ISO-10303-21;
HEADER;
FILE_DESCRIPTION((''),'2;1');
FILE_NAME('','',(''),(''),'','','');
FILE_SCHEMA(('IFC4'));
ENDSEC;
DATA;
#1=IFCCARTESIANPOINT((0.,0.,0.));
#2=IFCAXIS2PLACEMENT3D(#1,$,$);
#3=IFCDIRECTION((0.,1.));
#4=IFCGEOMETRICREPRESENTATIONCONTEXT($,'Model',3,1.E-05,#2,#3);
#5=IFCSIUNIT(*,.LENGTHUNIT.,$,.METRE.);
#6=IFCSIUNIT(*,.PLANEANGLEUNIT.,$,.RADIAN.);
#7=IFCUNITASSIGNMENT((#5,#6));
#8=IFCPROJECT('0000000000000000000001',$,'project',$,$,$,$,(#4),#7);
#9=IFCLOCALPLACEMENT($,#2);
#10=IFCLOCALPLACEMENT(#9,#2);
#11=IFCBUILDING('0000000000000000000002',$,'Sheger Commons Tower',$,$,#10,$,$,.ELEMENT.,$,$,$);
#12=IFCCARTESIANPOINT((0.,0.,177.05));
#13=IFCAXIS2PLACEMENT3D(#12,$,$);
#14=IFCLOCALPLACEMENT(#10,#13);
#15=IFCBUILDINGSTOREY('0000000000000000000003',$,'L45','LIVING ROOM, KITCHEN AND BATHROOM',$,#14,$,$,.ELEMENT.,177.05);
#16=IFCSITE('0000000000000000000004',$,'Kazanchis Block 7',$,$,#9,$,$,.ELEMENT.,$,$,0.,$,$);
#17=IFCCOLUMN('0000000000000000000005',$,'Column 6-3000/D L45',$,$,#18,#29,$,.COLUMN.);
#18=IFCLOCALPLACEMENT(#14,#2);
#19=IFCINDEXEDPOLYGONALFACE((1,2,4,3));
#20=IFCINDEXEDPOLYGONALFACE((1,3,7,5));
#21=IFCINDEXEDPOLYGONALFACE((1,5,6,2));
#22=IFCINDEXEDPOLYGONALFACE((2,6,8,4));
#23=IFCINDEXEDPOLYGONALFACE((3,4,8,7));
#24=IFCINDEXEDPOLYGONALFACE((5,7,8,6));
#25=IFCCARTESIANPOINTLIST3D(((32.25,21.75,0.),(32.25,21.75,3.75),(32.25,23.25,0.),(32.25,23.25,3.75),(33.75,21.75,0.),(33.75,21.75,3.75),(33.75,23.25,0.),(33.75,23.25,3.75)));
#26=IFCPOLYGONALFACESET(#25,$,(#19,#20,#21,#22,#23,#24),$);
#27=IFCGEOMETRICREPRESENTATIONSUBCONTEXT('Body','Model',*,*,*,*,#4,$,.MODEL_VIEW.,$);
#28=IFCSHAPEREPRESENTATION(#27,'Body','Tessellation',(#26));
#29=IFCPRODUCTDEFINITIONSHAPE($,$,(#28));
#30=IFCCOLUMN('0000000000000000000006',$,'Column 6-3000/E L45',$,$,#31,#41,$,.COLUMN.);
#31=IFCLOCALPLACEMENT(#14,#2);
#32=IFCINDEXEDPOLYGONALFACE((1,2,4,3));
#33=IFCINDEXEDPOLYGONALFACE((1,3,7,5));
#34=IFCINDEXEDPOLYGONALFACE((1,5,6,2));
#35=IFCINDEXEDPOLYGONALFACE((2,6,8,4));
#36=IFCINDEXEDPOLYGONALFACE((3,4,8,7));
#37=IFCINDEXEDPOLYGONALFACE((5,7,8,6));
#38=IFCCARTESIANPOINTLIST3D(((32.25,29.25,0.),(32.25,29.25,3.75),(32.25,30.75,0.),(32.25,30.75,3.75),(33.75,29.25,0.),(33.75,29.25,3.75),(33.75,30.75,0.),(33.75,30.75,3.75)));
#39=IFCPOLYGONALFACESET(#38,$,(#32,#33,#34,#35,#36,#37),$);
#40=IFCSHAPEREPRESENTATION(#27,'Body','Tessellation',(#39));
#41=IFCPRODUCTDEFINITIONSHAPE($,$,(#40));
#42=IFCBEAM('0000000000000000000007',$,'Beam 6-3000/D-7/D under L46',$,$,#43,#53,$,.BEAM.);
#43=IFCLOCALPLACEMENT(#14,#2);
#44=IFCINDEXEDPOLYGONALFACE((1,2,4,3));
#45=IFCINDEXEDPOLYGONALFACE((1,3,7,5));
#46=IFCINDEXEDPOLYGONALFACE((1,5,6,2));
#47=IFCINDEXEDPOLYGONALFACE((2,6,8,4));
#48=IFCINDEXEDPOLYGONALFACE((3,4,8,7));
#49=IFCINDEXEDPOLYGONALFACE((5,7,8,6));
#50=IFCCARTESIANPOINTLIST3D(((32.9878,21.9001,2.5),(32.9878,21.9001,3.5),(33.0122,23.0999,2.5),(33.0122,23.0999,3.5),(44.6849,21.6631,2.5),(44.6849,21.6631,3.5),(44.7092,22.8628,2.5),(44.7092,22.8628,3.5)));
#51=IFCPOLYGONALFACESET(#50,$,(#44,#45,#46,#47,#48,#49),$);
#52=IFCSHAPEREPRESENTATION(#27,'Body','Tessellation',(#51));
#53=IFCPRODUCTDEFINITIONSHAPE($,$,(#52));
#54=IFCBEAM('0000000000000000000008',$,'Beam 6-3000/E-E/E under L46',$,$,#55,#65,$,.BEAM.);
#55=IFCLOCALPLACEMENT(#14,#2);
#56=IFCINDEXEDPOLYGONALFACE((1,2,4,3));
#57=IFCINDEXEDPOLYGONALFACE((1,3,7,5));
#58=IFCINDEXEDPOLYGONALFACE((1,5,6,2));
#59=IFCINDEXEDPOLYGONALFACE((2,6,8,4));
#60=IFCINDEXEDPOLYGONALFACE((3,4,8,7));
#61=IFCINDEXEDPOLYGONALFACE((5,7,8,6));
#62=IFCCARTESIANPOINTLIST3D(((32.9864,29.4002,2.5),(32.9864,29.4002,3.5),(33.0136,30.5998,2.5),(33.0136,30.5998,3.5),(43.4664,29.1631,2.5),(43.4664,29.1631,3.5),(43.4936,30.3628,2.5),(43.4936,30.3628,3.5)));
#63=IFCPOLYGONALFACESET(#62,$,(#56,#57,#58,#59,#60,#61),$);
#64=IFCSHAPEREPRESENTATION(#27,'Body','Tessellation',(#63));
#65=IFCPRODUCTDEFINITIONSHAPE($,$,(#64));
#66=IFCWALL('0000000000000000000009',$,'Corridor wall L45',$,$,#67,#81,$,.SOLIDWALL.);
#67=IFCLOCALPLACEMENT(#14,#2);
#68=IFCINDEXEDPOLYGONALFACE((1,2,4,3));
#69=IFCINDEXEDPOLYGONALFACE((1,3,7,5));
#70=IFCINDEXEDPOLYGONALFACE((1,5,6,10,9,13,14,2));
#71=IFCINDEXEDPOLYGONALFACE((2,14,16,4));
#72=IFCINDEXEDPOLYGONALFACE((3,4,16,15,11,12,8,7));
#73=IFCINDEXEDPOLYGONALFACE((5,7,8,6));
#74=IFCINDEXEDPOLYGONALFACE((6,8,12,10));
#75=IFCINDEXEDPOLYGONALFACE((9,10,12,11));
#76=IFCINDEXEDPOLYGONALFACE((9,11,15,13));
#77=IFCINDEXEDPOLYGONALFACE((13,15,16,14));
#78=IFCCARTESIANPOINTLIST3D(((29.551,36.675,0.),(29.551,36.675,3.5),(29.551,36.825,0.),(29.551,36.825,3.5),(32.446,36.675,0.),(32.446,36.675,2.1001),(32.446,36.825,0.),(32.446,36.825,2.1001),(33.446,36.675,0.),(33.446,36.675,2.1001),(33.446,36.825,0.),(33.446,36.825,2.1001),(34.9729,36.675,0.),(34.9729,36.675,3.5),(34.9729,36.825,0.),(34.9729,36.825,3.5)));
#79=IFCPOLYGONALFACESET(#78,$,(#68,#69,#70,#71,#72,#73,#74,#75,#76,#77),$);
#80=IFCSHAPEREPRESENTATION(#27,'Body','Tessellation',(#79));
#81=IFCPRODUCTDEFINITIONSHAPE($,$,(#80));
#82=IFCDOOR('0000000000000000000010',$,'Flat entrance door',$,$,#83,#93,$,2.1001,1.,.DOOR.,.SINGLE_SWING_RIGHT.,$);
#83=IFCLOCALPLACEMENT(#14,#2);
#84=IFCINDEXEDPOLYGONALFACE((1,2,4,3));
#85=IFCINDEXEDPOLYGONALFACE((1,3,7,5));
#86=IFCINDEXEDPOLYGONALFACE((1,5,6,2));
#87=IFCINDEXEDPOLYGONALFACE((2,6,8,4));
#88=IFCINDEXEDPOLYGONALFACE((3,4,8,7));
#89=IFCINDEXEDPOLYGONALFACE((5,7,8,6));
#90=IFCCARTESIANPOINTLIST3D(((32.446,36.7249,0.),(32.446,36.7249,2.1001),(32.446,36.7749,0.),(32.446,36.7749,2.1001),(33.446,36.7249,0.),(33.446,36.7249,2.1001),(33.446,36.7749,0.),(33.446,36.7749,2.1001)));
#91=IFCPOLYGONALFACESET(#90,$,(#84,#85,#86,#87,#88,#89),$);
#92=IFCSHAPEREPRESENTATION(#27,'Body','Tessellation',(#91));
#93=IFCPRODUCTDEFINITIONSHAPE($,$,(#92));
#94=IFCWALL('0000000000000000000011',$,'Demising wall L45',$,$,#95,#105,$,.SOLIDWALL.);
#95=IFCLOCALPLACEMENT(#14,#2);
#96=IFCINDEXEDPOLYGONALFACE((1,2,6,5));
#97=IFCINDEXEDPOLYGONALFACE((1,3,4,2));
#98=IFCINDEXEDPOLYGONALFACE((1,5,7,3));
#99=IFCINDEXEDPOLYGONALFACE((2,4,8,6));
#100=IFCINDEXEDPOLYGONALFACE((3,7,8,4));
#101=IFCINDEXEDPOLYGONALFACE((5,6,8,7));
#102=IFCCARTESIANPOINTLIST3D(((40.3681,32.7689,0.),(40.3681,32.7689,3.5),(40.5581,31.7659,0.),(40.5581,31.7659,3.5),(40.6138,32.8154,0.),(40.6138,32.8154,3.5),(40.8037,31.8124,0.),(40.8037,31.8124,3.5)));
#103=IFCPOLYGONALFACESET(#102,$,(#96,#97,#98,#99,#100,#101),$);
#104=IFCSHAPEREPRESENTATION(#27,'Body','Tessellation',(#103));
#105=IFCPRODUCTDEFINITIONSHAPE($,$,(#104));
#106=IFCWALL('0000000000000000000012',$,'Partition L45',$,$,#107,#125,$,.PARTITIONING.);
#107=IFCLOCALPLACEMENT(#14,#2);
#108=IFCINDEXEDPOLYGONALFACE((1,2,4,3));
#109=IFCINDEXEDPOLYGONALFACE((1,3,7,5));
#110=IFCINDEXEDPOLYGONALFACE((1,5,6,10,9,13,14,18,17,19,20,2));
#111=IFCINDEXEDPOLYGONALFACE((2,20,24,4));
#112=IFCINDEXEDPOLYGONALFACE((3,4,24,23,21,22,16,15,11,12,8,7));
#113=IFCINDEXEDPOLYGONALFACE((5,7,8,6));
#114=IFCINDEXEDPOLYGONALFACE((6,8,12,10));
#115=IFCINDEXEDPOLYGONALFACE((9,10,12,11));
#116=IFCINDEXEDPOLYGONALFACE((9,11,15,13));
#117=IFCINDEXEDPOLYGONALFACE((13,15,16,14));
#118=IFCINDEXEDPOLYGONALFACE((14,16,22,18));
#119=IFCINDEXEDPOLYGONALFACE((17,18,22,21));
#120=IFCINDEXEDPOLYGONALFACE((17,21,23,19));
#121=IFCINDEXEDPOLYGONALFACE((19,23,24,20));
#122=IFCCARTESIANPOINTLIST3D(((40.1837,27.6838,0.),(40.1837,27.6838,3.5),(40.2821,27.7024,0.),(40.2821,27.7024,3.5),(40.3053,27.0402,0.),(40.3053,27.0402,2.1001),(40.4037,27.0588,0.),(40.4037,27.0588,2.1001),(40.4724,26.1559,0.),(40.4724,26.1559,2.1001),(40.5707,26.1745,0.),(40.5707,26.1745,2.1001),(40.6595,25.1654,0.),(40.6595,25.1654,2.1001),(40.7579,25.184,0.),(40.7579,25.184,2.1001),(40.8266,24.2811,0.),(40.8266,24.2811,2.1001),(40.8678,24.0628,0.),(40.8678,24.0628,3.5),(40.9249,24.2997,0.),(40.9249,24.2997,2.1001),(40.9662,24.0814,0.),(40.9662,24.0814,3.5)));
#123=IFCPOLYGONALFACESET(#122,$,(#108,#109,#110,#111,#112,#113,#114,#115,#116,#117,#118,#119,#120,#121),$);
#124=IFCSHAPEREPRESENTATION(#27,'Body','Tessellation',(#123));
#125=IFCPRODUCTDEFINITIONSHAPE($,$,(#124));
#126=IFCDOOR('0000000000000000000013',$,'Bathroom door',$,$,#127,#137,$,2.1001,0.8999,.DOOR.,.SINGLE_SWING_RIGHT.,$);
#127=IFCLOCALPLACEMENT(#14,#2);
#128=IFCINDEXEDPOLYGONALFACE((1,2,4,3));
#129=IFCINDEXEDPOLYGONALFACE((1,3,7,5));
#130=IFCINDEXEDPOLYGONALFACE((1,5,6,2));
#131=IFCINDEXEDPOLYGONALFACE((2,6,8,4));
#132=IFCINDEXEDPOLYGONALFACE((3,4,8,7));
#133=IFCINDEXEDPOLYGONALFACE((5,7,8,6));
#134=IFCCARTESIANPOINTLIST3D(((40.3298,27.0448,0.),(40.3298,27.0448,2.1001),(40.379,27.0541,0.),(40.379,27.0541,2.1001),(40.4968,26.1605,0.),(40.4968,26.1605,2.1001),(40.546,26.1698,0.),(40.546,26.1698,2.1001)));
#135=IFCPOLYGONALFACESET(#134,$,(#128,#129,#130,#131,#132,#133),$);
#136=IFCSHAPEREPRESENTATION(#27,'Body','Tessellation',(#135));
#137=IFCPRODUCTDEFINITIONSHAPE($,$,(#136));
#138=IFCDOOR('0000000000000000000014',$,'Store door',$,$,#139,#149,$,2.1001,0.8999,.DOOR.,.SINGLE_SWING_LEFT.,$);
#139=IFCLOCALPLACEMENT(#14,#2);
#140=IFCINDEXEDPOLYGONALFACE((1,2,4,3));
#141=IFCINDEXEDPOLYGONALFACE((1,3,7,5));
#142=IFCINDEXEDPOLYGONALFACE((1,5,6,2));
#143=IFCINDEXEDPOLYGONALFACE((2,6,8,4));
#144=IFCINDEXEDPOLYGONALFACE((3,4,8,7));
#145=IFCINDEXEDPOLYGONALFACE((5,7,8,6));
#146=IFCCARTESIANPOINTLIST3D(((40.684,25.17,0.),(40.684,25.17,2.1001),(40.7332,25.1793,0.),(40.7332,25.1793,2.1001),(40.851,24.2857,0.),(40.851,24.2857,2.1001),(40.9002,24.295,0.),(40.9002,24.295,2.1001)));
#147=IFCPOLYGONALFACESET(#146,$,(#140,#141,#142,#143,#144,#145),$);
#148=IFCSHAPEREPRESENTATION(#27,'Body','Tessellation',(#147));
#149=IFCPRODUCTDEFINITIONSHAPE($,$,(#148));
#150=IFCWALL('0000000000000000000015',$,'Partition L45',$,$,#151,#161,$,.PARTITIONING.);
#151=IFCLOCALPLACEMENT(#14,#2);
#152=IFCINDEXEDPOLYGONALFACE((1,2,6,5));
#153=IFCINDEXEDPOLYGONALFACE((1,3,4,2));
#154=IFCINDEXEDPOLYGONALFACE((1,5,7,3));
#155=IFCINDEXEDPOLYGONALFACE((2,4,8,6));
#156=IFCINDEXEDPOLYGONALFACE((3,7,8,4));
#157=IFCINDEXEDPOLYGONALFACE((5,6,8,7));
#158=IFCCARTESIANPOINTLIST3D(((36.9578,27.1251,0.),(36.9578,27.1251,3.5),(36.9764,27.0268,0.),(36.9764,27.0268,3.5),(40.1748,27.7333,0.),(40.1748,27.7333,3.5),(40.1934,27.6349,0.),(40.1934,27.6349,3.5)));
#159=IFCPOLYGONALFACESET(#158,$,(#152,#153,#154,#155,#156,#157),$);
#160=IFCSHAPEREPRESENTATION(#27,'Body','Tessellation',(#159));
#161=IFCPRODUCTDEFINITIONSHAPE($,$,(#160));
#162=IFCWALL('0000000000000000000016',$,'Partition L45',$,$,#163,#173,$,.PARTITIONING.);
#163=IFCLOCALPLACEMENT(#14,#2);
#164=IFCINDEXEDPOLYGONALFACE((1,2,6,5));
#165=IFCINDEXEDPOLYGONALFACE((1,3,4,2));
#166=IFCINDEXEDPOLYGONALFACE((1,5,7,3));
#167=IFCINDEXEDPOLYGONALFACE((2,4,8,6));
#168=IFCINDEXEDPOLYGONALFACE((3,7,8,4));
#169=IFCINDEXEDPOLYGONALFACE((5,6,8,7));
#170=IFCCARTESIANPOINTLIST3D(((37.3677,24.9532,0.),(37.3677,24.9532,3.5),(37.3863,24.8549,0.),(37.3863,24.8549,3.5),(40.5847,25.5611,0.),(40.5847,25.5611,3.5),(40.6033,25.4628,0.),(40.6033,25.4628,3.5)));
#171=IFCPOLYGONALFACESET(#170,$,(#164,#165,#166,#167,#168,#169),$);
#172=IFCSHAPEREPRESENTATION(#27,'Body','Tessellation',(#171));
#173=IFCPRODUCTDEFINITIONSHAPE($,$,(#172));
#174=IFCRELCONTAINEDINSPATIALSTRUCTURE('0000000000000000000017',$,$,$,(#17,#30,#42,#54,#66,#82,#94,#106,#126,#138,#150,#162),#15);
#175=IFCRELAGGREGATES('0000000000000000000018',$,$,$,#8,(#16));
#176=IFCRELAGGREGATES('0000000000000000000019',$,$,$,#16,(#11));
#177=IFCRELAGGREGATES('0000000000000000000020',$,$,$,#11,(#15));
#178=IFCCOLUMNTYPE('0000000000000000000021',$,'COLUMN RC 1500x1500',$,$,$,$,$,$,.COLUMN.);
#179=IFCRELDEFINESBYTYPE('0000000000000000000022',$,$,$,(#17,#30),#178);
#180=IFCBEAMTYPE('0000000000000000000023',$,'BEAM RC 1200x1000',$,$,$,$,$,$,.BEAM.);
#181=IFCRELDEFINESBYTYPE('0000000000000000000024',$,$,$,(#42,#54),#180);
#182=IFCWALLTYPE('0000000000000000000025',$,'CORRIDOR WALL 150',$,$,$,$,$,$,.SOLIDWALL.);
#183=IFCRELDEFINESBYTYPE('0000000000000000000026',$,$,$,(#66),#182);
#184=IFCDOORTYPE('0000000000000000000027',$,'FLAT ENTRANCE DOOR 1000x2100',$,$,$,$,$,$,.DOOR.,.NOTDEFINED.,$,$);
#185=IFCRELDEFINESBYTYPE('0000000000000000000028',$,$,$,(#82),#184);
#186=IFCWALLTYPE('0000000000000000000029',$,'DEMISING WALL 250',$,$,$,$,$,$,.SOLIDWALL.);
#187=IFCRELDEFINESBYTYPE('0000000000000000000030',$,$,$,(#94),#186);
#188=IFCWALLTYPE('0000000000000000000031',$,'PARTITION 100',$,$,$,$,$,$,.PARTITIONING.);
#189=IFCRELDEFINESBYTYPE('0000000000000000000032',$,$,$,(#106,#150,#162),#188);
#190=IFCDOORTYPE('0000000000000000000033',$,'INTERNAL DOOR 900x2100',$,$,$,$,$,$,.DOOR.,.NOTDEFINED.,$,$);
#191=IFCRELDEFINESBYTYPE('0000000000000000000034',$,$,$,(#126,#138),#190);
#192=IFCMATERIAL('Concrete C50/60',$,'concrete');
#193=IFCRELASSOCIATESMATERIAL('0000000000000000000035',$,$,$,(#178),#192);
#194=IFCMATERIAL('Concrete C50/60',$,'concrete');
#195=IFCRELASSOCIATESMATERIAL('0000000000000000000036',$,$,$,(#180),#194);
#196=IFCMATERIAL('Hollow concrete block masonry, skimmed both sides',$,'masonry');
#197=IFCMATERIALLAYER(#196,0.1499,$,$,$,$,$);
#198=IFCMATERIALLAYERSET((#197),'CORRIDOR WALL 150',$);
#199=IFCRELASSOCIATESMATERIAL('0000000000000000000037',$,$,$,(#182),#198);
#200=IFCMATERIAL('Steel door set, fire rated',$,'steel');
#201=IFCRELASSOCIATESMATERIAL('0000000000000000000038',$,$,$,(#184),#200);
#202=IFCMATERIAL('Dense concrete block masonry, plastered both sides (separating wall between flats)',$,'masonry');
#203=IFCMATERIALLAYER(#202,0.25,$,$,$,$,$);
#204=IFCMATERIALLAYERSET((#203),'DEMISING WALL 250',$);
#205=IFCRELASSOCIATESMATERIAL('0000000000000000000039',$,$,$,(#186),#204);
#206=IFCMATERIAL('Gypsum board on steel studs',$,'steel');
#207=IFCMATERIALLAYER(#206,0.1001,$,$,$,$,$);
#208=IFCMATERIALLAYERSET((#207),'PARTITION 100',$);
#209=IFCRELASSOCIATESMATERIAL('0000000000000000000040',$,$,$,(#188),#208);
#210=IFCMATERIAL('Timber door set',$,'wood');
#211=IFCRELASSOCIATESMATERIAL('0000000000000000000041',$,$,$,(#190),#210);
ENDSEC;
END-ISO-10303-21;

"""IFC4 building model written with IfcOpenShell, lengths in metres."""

from ifc_helpers import new_model, si_unit, direction, frame, frame_2d, origin, origin_2d, place, context, subcontext, project, spatial, rectangle, extrude, material, layer, layer_set, material_profile, profile_set, type_object, element, fill, save


model = new_model("IFC4")

# Units and contexts
model_context = context("Model", 3, precision=1e-05, world=origin(), true_north=direction((0.0, 1.0)))
body_context = subcontext(model_context, "Body", "Model", "MODEL_VIEW")
ifc_project = project(units=[si_unit("LENGTHUNIT", "METRE"), si_unit("PLANEANGLEUNIT", "RADIAN")], contexts=[model_context])

# Site, building, storey
site_placement = place(None, origin())
site = spatial("IfcSite", under=ifc_project, at=site_placement, Name="Kazanchis Block 7", CompositionType="ELEMENT", RefElevation=0.0)
building_placement = place(site_placement, origin())
building = spatial("IfcBuilding", under=site, at=building_placement, Name="Sheger Commons Tower", CompositionType="ELEMENT")
storey_placement = place(building_placement, frame((0.0, 0.0, 177.05)))
storey = spatial("IfcBuildingStorey", under=building, at=storey_placement, Name="L45", Description="LIVING ROOM, KITCHEN AND BATHROOM", CompositionType="ELEMENT", Elevation=177.05)

# Columns
ifc_material_1 = material(Name="Concrete C50/60", Category="concrete")
ifc_material_profile_1 = material_profile(ifc_material_1, rectangle(XDim=1.5, YDim=1.5, at=origin_2d()), Name="RC 1500x1500")
ifc_profile_set_1 = profile_set([ifc_material_profile_1], Name="Concrete C50/60")
column_type = type_object("IfcColumnType", Name="COLUMN RC 1500x1500", PredefinedType="COLUMN", material=ifc_profile_set_1)
for number, where, z_axis, x_axis, name in (
    (1, (33.0, 22.5, 0.0), (0.0, 0.0, 1.0), (1.0, 0.0, 0.0), "Column 6-3000/D L45"),
    (2, (33.0, 30.0, 0.0), (0.0, 0.0, 1.0), (1.0, 0.0, 0.0), "Column 6-3000/E L45"),
):
    element("IfcColumn", number, at=place(storey_placement, frame(where, z_axis=z_axis, x_axis=x_axis)), inside=storey, type_object=column_type, Name=name, PredefinedType="COLUMN", context=body_context, shape_type="SweptSolid", body=[
        extrude(rectangle(XDim=1.5, YDim=1.5, at=origin_2d()), origin(), (0.0, 0.0, 1.0), 3.75),
    ])

# Beams
ifc_material_2 = material(Name="Concrete C50/60", Category="concrete")
ifc_material_profile_2 = material_profile(ifc_material_2, rectangle(XDim=1.2, YDim=1.0, at=origin_2d()), Name="RC 1200x1000")
ifc_profile_set_2 = profile_set([ifc_material_profile_2], Name="Concrete C50/60")
beam_type = type_object("IfcBeamType", Name="BEAM RC 1200x1000", PredefinedType="BEAM", material=ifc_profile_set_2)
beam_1_placement = place(storey_placement, frame((33.0, 22.5, 3.0), z_axis=(0.999795, -0.020263, 0.0), x_axis=(0.020263, 0.999795, 0.0)))
element("IfcBeam", 3, at=beam_1_placement, inside=storey, type_object=beam_type, Name="Beam 6-3000/D-7/D under L46", PredefinedType="BEAM", context=body_context, shape_type="SweptSolid", body=[
    extrude(rectangle(XDim=1.2, YDim=1.0, at=origin_2d()), origin(), (0.0, 0.0, 1.0), 11.6995),
])
beam_2_placement = place(storey_placement, frame((33.0, 30.0, 3.0), z_axis=(0.999744, -0.022615, 0.0), x_axis=(0.022615, 0.999744, 0.0)))
element("IfcBeam", 4, at=beam_2_placement, inside=storey, type_object=beam_type, Name="Beam 6-3000/E-E/E under L46", PredefinedType="BEAM", context=body_context, shape_type="SweptSolid", body=[
    extrude(rectangle(XDim=1.2, YDim=1.0, at=origin_2d()), origin(), (0.0, 0.0, 1.0), 10.4827),
])

# Wall, opening, door
ifc_material_3 = material(Name="Hollow concrete block masonry, skimmed both sides", Category="masonry")
ifc_layer_1 = layer(ifc_material_3, 0.1499)
ifc_layer_set_1 = layer_set([ifc_layer_1], Name="CORRIDOR WALL 150")
wall_type_1 = type_object("IfcWallType", Name="CORRIDOR WALL 150", PredefinedType="SOLIDWALL", material=ifc_layer_set_1)
wall_1_placement = place(storey_placement, frame((29.551, 36.75, 0.0), z_axis=(0.0, 0.0, 1.0), x_axis=(1.0, 0.0, 0.0)))
wall_1 = element("IfcWall", 5, at=wall_1_placement, inside=storey, type_object=wall_type_1, Name="Corridor wall L45", PredefinedType="SOLIDWALL", context=body_context, shape_type="SweptSolid", body=[
    extrude(rectangle(XDim=5.4219, YDim=0.1499, at=frame_2d((2.7109, 0.0))), origin(), (0.0, 0.0, 1.0), 3.5),
])
opening_1_placement = place(wall_1_placement, frame((2.895, 0.0, 0.0)))
opening_1 = element("IfcOpeningElement", 6, at=opening_1_placement, cuts=wall_1, PredefinedType="OPENING", context=body_context, shape_type="SweptSolid", body=[
    extrude(rectangle(XDim=1.0, YDim=2.1001, at=frame_2d((0.5, 1.05))), frame((0.0, 0.085, 0.0), z_axis=(0.0, -1.0, 0.0), x_axis=(1.0, 0.0, 0.0)), (0.0, 0.0, 1.0), 0.1699),
])
ifc_material_4 = material(Name="Steel door set, fire rated", Category="steel")
door_type_1 = type_object("IfcDoorType", Name="FLAT ENTRANCE DOOR 1000x2100", OperationType="NOTDEFINED", PredefinedType="DOOR", material=ifc_material_4)
door_1_placement = place(opening_1_placement, origin())
door_1 = element("IfcDoor", 7, at=door_1_placement, inside=storey, type_object=door_type_1, Name="Flat entrance door", OperationType="SINGLE_SWING_RIGHT", OverallHeight=2.1001, OverallWidth=1.0, PredefinedType="DOOR", context=body_context, shape_type="SweptSolid", body=[
    extrude(rectangle(XDim=1.0, YDim=2.1001, at=frame_2d((0.5, 1.05))), frame((0.0, 0.0249, 0.0), z_axis=(0.0, -1.0, 0.0), x_axis=(1.0, 0.0, 0.0)), (0.0, 0.0, 1.0), 0.05),
])
fill(opening_1, door_1)

# Wall
ifc_material_5 = material(Name="Dense concrete block masonry, plastered both sides (separating wall between flats)", Category="masonry")
ifc_layer_2 = layer(ifc_material_5, 0.25)
ifc_layer_set_2 = layer_set([ifc_layer_2], Name="DEMISING WALL 250")
wall_type_2 = type_object("IfcWallType", Name="DEMISING WALL 250", PredefinedType="SOLIDWALL", material=ifc_layer_set_2)
wall_2_placement = place(storey_placement, frame((40.491, 32.792, 0.0), z_axis=(0.0, 0.0, 1.0), x_axis=(0.186079, -0.982535, 0.0)))
element("IfcWall", 8, at=wall_2_placement, inside=storey, type_object=wall_type_2, Name="Demising wall L45", PredefinedType="SOLIDWALL", context=body_context, shape_type="SweptSolid", body=[
    extrude(rectangle(XDim=1.0208, YDim=0.25, at=frame_2d((0.5103, 0.0))), origin(), (0.0, 0.0, 1.0), 3.5),
])

# Wall, openings, doors
ifc_material_6 = material(Name="Gypsum board on steel studs", Category="steel")
ifc_layer_3 = layer(ifc_material_6, 0.1001)
ifc_layer_set_3 = layer_set([ifc_layer_3], Name="PARTITION 100")
wall_type_3 = type_object("IfcWallType", Name="PARTITION 100", PredefinedType="PARTITIONING", material=ifc_layer_set_3)
wall_3_placement = place(storey_placement, frame((40.2329, 27.6931, 0.0), z_axis=(0.0, 0.0, 1.0), x_axis=(0.185632, -0.982619, 0.0)))
wall_3 = element("IfcWall", 9, at=wall_3_placement, inside=storey, type_object=wall_type_3, Name="Partition L45", PredefinedType="PARTITIONING", context=body_context, shape_type="SweptSolid", body=[
    extrude(rectangle(XDim=3.6851, YDim=0.1001, at=frame_2d((1.8425, 0.0))), origin(), (0.0, 0.0, 1.0), 3.5),
])
opening_2_placement = place(wall_3_placement, frame((0.655, 0.0, 0.0)))
opening_2 = element("IfcOpeningElement", 10, at=opening_2_placement, cuts=wall_3, PredefinedType="OPENING", context=body_context, shape_type="SweptSolid", body=[
    extrude(rectangle(XDim=0.8999, YDim=2.1001, at=frame_2d((0.45, 1.05))), frame((0.0, 0.0601, 0.0), z_axis=(0.0, -1.0, 0.0), x_axis=(1.0, 0.0, 0.0)), (0.0, 0.0, 1.0), 0.1201),
])
opening_3_placement = place(wall_3_placement, frame((2.563, 0.0, 0.0)))
opening_3 = element("IfcOpeningElement", 11, at=opening_3_placement, cuts=wall_3, PredefinedType="OPENING", context=body_context, shape_type="SweptSolid", body=[
    extrude(rectangle(XDim=0.8999, YDim=2.1001, at=frame_2d((0.45, 1.05))), frame((0.0, 0.0601, 0.0), z_axis=(0.0, -1.0, 0.0), x_axis=(1.0, 0.0, 0.0)), (0.0, 0.0, 1.0), 0.1201),
])
ifc_material_7 = material(Name="Timber door set", Category="wood")
door_type_2 = type_object("IfcDoorType", Name="INTERNAL DOOR 900x2100", OperationType="NOTDEFINED", PredefinedType="DOOR", material=ifc_material_7)
door_2_placement = place(opening_2_placement, origin())
door_2 = element("IfcDoor", 12, at=door_2_placement, inside=storey, type_object=door_type_2, Name="Bathroom door", OperationType="SINGLE_SWING_RIGHT", OverallHeight=2.1001, OverallWidth=0.8999, PredefinedType="DOOR", context=body_context, shape_type="SweptSolid", body=[
    extrude(rectangle(XDim=0.8999, YDim=2.1001, at=frame_2d((0.45, 1.05))), frame((0.0, 0.0249, 0.0), z_axis=(0.0, -1.0, 0.0), x_axis=(1.0, 0.0, 0.0)), (0.0, 0.0, 1.0), 0.05),
])
fill(opening_2, door_2)
door_3_placement = place(opening_3_placement, origin())
door_3 = element("IfcDoor", 13, at=door_3_placement, inside=storey, type_object=door_type_2, Name="Store door", OperationType="SINGLE_SWING_LEFT", OverallHeight=2.1001, OverallWidth=0.8999, PredefinedType="DOOR", context=body_context, shape_type="SweptSolid", body=[
    extrude(rectangle(XDim=0.8999, YDim=2.1001, at=frame_2d((0.45, 1.05))), frame((0.0, 0.0249, 0.0), z_axis=(0.0, -1.0, 0.0), x_axis=(1.0, 0.0, 0.0)), (0.0, 0.0, 1.0), 0.05),
])
fill(opening_3, door_3)

# Walls
for number, where, z_axis, x_axis, name in (
    (14, (40.1841, 27.6841, 0.0), (0.0, 0.0, 1.0), (-0.982597, -0.185752, 0.0), "Partition L45"),
    (15, (40.594, 25.512, 0.0), (0.0, 0.0, 1.0), (-0.98261, -0.18568, 0.0), "Partition L45"),
):
    element("IfcWall", number, at=place(storey_placement, frame(where, z_axis=z_axis, x_axis=x_axis)), inside=storey, type_object=wall_type_3, Name=name, PredefinedType="PARTITIONING", context=body_context, shape_type="SweptSolid", body=[
        extrude(rectangle(XDim=3.2739, YDim=0.1001, at=frame_2d((1.637, 0.0))), origin(), (0.0, 0.0, 1.0), 3.5),
    ])

save(model, "model.ifc")
